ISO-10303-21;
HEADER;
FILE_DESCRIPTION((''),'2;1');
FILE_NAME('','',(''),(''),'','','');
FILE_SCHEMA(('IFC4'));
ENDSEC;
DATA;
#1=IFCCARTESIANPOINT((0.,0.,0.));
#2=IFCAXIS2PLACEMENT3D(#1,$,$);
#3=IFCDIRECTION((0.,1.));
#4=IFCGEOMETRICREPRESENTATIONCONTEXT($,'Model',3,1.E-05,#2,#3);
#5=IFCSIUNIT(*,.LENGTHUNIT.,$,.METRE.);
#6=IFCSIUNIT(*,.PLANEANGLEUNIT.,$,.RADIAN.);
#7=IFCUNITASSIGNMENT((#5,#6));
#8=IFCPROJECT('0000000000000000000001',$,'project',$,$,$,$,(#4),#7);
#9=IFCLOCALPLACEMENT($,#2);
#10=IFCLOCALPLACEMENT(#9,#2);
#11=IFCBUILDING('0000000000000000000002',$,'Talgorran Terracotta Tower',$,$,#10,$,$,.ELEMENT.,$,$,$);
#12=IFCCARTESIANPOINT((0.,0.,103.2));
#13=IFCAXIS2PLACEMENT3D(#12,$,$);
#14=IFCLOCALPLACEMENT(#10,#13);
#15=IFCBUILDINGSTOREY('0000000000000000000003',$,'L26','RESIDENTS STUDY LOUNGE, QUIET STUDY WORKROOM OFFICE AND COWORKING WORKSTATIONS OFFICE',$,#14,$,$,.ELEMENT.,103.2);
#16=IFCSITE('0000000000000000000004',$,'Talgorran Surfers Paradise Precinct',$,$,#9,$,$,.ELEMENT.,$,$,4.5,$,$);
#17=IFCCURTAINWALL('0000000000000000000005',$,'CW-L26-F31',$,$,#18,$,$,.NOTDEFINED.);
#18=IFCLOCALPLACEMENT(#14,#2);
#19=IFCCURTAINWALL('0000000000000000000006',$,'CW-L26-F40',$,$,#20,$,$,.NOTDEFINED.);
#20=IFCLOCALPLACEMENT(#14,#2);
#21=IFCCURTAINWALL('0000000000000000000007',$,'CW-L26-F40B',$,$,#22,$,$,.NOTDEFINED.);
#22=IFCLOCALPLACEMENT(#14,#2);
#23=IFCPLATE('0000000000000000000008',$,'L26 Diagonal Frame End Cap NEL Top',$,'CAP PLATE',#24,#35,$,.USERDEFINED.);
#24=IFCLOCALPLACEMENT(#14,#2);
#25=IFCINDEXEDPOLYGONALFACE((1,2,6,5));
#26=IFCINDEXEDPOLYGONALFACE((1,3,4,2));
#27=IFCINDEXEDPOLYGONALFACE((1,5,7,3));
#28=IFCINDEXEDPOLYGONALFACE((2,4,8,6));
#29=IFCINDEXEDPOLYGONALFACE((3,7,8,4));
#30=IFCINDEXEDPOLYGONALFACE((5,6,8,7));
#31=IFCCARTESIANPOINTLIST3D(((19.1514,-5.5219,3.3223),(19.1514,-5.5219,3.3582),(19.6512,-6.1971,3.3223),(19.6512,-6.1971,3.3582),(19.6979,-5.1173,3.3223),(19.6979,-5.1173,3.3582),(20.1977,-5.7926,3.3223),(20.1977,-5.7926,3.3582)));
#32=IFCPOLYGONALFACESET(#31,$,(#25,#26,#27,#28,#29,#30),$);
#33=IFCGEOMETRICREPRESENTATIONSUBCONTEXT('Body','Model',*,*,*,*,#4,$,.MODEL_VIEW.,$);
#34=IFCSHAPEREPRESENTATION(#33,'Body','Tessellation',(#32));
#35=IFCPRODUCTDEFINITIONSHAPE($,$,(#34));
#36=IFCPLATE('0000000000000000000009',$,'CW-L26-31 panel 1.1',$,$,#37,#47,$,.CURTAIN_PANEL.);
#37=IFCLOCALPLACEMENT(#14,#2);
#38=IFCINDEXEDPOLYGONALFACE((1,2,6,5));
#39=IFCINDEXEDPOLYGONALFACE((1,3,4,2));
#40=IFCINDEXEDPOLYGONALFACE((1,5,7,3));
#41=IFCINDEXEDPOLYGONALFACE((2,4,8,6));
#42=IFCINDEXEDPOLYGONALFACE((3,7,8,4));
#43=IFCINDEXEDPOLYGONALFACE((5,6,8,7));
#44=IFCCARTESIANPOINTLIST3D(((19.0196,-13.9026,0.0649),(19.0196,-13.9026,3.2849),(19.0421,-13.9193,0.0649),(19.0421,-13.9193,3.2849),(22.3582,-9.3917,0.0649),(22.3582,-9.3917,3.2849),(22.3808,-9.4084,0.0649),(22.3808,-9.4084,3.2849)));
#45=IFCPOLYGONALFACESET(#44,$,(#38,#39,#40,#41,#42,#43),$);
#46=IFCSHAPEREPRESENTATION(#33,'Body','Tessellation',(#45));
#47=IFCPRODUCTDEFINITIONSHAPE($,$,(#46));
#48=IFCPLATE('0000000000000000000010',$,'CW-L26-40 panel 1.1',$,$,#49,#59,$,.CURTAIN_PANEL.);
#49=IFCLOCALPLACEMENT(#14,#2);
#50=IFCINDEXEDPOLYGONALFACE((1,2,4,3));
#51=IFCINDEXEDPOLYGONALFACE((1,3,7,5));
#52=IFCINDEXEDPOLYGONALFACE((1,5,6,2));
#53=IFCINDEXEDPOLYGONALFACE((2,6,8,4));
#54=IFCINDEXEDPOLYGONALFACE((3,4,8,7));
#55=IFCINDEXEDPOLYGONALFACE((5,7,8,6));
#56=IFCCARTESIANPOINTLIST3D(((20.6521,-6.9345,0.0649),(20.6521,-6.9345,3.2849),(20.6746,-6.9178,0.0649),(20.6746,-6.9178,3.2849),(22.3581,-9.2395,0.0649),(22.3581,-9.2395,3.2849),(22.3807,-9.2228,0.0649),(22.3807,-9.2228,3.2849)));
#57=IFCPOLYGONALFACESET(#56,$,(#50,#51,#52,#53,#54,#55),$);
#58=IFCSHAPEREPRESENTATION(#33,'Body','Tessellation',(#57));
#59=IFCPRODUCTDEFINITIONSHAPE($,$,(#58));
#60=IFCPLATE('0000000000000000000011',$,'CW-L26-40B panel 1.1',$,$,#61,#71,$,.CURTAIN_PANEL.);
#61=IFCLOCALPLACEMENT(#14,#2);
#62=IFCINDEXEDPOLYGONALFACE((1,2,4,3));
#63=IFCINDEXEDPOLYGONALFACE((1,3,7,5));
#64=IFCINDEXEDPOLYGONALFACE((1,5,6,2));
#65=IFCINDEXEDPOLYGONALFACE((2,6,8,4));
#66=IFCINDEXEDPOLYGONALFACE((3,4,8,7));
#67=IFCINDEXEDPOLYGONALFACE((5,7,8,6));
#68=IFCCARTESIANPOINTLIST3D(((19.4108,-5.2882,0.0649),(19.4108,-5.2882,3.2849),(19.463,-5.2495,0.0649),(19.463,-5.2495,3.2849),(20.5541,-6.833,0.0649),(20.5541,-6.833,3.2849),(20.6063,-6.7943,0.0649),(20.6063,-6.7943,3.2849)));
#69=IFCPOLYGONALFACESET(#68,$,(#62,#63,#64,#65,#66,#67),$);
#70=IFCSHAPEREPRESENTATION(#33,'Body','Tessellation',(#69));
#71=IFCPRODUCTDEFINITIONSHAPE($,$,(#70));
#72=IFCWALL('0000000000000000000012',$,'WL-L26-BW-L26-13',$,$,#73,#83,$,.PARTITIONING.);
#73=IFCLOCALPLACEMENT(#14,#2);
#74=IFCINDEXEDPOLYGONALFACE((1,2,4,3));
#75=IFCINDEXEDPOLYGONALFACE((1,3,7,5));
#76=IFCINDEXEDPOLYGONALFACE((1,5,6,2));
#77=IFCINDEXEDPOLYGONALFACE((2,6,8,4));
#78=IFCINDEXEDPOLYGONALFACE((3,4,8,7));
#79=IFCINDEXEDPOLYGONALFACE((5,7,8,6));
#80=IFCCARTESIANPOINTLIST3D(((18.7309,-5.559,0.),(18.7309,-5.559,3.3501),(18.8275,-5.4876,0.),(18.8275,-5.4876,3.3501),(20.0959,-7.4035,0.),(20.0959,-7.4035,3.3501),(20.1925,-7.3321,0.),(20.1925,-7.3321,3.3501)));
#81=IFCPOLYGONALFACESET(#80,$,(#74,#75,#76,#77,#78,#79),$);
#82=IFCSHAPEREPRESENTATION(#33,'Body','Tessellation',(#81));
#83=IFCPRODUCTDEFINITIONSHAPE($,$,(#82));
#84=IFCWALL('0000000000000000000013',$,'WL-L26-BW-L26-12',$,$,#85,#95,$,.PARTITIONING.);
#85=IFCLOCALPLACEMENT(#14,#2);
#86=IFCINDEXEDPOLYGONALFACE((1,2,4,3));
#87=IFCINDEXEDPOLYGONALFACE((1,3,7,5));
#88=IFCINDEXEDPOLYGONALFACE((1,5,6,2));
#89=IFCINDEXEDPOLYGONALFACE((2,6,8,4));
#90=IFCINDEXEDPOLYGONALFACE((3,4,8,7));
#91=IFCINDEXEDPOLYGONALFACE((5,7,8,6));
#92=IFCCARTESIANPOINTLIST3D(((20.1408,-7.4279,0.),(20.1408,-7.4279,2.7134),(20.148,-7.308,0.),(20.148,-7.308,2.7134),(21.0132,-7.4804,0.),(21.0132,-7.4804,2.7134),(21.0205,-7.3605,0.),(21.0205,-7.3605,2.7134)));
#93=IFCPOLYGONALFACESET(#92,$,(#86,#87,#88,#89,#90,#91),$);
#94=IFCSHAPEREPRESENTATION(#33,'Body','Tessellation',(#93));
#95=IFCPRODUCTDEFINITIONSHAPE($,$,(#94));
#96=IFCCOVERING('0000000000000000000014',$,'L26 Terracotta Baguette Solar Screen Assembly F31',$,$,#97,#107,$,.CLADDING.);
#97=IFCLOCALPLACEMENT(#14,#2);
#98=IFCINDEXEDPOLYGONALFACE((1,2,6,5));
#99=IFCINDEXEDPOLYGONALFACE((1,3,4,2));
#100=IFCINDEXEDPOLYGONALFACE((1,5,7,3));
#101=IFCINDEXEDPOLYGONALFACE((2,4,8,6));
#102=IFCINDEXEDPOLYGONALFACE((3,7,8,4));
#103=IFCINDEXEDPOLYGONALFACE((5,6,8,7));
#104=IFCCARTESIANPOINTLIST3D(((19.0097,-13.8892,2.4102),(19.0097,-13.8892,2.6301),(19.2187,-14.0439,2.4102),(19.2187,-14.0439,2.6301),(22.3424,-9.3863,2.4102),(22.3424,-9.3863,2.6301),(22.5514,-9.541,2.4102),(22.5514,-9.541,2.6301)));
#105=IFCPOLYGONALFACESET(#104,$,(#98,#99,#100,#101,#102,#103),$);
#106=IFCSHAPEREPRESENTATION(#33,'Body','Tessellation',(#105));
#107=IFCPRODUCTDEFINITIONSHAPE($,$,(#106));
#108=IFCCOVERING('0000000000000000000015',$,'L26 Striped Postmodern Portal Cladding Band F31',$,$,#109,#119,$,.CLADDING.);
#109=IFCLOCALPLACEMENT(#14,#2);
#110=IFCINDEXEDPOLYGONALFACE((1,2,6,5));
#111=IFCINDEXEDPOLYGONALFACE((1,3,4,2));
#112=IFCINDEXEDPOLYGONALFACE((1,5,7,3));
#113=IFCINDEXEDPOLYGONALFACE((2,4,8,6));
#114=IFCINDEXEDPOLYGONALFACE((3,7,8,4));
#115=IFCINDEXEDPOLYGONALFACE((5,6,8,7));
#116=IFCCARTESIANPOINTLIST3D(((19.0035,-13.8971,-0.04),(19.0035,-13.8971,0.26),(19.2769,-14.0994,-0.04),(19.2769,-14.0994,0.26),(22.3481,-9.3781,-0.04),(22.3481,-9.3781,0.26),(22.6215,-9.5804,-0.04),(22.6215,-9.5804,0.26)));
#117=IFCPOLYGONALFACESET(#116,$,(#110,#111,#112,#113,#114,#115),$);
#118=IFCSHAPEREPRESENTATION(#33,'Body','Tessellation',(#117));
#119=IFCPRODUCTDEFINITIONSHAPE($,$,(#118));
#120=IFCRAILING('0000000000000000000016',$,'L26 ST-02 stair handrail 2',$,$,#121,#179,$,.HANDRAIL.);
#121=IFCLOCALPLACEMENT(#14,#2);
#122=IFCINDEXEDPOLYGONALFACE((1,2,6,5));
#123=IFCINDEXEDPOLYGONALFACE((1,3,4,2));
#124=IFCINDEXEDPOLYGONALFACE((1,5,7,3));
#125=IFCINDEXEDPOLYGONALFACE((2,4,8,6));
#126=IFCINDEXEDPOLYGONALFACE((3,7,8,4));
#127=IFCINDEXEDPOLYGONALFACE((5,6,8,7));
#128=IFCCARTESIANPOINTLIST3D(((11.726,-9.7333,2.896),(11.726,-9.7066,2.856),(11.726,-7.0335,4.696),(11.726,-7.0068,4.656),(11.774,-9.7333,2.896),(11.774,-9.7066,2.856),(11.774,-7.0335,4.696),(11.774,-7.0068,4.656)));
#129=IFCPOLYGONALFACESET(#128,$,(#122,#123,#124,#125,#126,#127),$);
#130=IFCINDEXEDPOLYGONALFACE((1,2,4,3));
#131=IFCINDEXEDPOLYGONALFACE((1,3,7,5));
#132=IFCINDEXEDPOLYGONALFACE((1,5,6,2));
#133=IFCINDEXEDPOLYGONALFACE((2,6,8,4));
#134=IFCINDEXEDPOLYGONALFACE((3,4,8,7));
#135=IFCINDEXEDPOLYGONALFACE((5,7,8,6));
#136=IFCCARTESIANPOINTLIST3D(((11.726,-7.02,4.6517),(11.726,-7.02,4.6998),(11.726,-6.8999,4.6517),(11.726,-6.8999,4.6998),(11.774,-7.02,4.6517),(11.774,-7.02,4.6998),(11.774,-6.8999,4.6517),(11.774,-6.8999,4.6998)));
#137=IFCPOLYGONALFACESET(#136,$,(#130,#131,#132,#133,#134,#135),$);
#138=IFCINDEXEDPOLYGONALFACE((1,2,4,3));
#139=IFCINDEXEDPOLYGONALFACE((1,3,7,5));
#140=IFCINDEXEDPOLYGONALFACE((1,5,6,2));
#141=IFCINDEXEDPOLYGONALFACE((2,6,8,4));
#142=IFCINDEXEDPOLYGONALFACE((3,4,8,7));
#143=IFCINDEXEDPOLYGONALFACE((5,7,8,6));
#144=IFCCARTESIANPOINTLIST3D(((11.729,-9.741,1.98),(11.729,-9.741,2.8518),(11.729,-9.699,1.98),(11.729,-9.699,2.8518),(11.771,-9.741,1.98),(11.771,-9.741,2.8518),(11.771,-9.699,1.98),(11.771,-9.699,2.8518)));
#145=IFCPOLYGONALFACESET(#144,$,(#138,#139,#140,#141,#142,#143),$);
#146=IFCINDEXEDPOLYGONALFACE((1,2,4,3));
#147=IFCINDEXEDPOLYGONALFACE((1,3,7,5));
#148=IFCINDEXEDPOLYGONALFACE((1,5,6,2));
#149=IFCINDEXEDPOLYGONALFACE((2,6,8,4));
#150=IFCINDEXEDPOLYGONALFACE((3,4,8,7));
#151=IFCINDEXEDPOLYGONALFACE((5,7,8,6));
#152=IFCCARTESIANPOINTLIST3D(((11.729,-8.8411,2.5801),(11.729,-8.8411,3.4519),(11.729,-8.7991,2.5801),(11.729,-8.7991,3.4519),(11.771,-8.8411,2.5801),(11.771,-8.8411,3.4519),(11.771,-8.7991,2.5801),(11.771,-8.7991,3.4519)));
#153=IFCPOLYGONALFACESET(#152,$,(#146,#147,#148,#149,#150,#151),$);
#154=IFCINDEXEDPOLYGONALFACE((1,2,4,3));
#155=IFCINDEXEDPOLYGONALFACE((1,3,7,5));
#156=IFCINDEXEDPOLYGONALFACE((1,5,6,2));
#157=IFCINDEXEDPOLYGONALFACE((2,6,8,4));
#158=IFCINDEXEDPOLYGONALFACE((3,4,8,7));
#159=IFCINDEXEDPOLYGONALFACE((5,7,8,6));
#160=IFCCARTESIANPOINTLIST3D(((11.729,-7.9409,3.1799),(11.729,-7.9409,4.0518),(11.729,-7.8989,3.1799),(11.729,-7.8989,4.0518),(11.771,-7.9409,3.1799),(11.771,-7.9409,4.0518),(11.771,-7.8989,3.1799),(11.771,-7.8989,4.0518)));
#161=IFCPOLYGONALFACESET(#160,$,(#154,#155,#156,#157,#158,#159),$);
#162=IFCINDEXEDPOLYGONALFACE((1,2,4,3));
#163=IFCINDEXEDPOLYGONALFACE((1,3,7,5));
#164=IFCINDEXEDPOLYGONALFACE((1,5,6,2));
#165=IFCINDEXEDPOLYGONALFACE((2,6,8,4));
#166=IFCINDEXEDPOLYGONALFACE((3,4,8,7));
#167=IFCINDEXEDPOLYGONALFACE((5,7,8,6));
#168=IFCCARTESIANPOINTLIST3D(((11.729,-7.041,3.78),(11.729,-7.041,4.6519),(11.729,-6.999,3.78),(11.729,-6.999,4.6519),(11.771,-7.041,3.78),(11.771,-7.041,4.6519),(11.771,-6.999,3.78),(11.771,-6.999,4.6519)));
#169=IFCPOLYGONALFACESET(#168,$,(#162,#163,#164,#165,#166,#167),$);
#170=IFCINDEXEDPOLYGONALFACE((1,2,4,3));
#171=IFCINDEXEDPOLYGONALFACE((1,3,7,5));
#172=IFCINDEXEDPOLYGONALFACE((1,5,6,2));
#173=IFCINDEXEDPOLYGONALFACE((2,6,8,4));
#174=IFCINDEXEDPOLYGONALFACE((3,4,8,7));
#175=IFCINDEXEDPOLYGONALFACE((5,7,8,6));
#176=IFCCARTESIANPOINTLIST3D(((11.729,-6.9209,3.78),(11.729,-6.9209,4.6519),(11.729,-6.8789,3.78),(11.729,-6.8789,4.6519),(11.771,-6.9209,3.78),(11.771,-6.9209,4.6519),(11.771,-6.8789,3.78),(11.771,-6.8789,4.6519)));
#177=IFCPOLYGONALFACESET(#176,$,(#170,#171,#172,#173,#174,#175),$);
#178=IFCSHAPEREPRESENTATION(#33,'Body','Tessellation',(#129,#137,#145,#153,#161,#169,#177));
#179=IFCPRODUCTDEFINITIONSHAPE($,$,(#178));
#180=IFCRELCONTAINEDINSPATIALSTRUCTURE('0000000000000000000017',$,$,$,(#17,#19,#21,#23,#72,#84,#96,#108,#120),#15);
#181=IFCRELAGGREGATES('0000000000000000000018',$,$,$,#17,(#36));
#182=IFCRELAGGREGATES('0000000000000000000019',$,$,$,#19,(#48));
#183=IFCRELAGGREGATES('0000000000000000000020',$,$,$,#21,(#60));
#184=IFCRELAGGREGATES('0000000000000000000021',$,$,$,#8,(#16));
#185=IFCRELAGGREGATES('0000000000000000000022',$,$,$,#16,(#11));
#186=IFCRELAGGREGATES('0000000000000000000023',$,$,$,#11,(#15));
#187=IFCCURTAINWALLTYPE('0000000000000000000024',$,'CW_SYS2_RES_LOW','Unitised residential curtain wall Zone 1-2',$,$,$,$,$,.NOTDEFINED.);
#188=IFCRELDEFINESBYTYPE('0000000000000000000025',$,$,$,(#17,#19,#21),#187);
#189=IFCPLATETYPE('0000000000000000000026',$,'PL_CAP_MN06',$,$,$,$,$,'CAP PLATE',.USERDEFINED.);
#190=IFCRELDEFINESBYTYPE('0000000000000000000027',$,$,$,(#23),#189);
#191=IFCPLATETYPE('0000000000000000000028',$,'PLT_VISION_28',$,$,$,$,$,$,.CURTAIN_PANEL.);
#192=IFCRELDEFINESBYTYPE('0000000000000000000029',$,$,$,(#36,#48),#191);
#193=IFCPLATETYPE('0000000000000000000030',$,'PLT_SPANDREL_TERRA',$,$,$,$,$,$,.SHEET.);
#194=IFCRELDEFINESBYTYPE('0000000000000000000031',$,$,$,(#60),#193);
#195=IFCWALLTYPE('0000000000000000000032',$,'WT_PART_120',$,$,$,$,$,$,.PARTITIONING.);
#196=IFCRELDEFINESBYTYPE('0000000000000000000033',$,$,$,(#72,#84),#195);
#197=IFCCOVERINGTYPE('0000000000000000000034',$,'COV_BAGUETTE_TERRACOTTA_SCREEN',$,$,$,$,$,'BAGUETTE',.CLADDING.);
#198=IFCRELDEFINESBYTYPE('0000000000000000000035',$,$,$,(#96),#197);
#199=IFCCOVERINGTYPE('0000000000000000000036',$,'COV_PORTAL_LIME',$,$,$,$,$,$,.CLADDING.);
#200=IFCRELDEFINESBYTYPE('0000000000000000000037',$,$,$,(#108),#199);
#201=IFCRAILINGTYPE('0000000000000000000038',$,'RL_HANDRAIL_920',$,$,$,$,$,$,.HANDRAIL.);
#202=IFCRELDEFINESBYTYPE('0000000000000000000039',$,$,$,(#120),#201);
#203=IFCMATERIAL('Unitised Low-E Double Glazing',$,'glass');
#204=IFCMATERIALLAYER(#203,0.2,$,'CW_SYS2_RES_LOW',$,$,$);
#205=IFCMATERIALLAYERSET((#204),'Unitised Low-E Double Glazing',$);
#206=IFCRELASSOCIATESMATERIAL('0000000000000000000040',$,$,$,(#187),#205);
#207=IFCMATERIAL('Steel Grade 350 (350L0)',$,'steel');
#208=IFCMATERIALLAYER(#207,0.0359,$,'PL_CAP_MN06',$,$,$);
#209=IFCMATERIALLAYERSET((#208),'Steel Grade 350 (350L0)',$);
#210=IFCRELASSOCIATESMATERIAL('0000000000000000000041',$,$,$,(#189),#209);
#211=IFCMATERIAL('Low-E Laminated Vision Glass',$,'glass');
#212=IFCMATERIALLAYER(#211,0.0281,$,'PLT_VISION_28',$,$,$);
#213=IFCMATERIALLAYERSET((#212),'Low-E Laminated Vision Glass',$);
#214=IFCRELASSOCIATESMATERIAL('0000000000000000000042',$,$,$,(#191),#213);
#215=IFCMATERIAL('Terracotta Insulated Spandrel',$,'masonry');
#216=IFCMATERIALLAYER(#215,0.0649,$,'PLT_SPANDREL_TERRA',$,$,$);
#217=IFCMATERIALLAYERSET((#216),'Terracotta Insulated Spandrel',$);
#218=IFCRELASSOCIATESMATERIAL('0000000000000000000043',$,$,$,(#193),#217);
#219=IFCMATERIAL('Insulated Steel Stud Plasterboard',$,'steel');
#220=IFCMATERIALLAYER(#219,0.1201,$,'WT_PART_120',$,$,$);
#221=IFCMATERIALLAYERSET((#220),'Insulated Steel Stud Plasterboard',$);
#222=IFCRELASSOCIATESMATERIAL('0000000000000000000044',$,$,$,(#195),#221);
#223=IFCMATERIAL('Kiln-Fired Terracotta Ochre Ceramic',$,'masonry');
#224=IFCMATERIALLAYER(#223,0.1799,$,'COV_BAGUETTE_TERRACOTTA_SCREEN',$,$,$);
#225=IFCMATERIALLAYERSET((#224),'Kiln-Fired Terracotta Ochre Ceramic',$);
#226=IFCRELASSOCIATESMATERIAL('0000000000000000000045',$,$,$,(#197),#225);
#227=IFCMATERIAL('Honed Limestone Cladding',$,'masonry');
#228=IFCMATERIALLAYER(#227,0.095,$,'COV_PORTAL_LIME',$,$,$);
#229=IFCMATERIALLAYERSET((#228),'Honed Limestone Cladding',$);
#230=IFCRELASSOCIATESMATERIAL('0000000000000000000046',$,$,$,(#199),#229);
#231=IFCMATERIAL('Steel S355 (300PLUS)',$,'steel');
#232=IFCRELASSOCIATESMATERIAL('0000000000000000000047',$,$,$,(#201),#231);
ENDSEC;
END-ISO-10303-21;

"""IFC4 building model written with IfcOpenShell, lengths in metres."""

from ifc_helpers import new_model, si_unit, direction, frame, frame_2d, origin, origin_2d, place, context, subcontext, project, spatial, rectangle, extrude, source, transform, mapped, material, layer, layer_set, type_object, type_shapes, element, aggregate, save


model = new_model("IFC4")

# Units and contexts
model_context = context("Model", 3, precision=1e-05, world=origin(), true_north=direction((0.0, 1.0)))
body_context = subcontext(model_context, "Body", "Model", "MODEL_VIEW")
ifc_project = project(units=[si_unit("LENGTHUNIT", "METRE"), si_unit("PLANEANGLEUNIT", "RADIAN")], contexts=[model_context])

# Site, building, storey
site_placement = place(None, origin())
site = spatial("IfcSite", under=ifc_project, at=site_placement, Name="Talgorran Surfers Paradise Precinct", CompositionType="ELEMENT", RefElevation=4.5)
building_placement = place(site_placement, origin())
building = spatial("IfcBuilding", under=site, at=building_placement, Name="Talgorran Terracotta Tower", CompositionType="ELEMENT")
storey_placement = place(building_placement, frame((0.0, 0.0, 103.2)))
storey = spatial("IfcBuildingStorey", under=building, at=storey_placement, Name="L26", Description="RESIDENTS STUDY LOUNGE, QUIET STUDY WORKROOM OFFICE AND COWORKING WORKSTATIONS OFFICE", CompositionType="ELEMENT", Elevation=103.2)

# Shared definitions
ifc_material_1 = material(Name="Steel Grade 350 (350L0)", Category="steel")

# Shared definitions
ifc_material_2 = material(Name="Steel S355 (300PLUS)", Category="steel")

# Curtain wall
ifc_material_3 = material(Name="Unitised Low-E Double Glazing", Category="glass")
ifc_layer_1 = layer(ifc_material_3, 0.2, Name="CW_SYS2_RES_LOW")
ifc_layer_set_1 = layer_set([ifc_layer_1], Name="Unitised Low-E Double Glazing")
curtain_wall_type = type_object("IfcCurtainWallType", Name="CW_SYS2_RES_LOW", Description="Unitised residential curtain wall Zone 1-2", PredefinedType="NOTDEFINED", material=ifc_layer_set_1)
curtain_wall_1_placement = place(storey_placement, origin())
curtain_wall_1 = element("IfcCurtainWall", 1, at=curtain_wall_1_placement, inside=storey, type_object=curtain_wall_type, Name="CW-L26-F31", PredefinedType="NOTDEFINED")

# Curtain wall
curtain_wall_2_placement = place(storey_placement, origin())
curtain_wall_2 = element("IfcCurtainWall", 2, at=curtain_wall_2_placement, inside=storey, type_object=curtain_wall_type, Name="CW-L26-F40", PredefinedType="NOTDEFINED")

# Curtain wall
curtain_wall_3_placement = place(storey_placement, origin())
curtain_wall_3 = element("IfcCurtainWall", 3, at=curtain_wall_3_placement, inside=storey, type_object=curtain_wall_type, Name="CW-L26-F40B", PredefinedType="NOTDEFINED")

# Plate
ifc_layer_2 = layer(ifc_material_1, 0.0359, Name="PL_CAP_MN06")
ifc_layer_set_2 = layer_set([ifc_layer_2], Name="Steel Grade 350 (350L0)")
plate_type_1 = type_object("IfcPlateType", Name="PL_CAP_MN06", ElementType="CAP PLATE", PredefinedType="USERDEFINED", material=ifc_layer_set_2)
for number, where, z_axis, x_axis, name in (
    (4, (19.6746, -5.6572, 3.3223), (0.0, 0.0, 1.0), (-0.594963, 0.803753, 0.0), "L26 Diagonal Frame End Cap NEL Top"),
):
    element("IfcPlate", number, at=place(storey_placement, frame(where, z_axis=z_axis, x_axis=x_axis)), inside=storey, type_object=plate_type_1, Name=name, ObjectType="CAP PLATE", PredefinedType="USERDEFINED", context=body_context, shape_type="SweptSolid", body=[
        extrude(rectangle(XDim=0.8401, YDim=0.6799, at=origin_2d()), origin(), (0.0, 0.0, 1.0), 0.0359),
    ])

# Plates
ifc_material_4 = material(Name="Low-E Laminated Vision Glass", Category="glass")
ifc_layer_3 = layer(ifc_material_4, 0.0281, Name="PLT_VISION_28")
ifc_layer_set_3 = layer_set([ifc_layer_3], Name="Low-E Laminated Vision Glass")
plate_type_2 = type_object("IfcPlateType", Name="PLT_VISION_28", PredefinedType="CURTAIN_PANEL", material=ifc_layer_set_3)
shared_shape_1 = source(origin(), body_context, "Body", "SweptSolid", [
    extrude(rectangle(XDim=5.6121, YDim=0.0281, at=origin_2d()), origin(), (0.0, 0.0, 1.0), 3.22),
])
plate_1_placement = place(storey_placement, frame((20.7002, -11.6555, 0.0649), z_axis=(0.0, 0.0, 1.0), x_axis=(0.594911, 0.803792, 0.0)))
plate_1 = element("IfcPlate", 5, at=plate_1_placement, type_object=plate_type_2, Name="CW-L26-31 panel 1.1", PredefinedType="CURTAIN_PANEL", context=body_context, shape_type="MappedRepresentation", body=[
    mapped(shared_shape_1, transform((0.0, 0.0, 0.0), scale=1.0)),
])
aggregate(curtain_wall_1, [plate_1])
shared_shape_2 = source(origin(), body_context, "Body", "SweptSolid", [
    extrude(rectangle(XDim=2.8677, YDim=0.0281, at=origin_2d()), origin(), (0.0, 0.0, 1.0), 3.22),
])
type_shapes(plate_type_2, [shared_shape_1, shared_shape_2])
plate_2_placement = place(storey_placement, frame((21.5164, -8.0786, 0.0649), z_axis=(0.0, 0.0, 1.0), x_axis=(-0.594923, 0.803783, 0.0)))
plate_2 = element("IfcPlate", 6, at=plate_2_placement, type_object=plate_type_2, Name="CW-L26-40 panel 1.1", PredefinedType="CURTAIN_PANEL", context=body_context, shape_type="MappedRepresentation", body=[
    mapped(shared_shape_2, transform((0.0, 0.0, 0.0), scale=1.0)),
])
aggregate(curtain_wall_2, [plate_2])
ifc_material_5 = material(Name="Terracotta Insulated Spandrel", Category="masonry")
ifc_layer_4 = layer(ifc_material_5, 0.0649, Name="PLT_SPANDREL_TERRA")
ifc_layer_set_4 = layer_set([ifc_layer_4], Name="Terracotta Insulated Spandrel")
plate_type_3 = type_object("IfcPlateType", Name="PLT_SPANDREL_TERRA", PredefinedType="SHEET", material=ifc_layer_set_4)
shared_shape_3 = source(origin(), body_context, "Body", "SweptSolid", [
    extrude(rectangle(XDim=1.9219, YDim=0.0649, at=origin_2d()), origin(), (0.0, 0.0, 1.0), 3.22),
])
type_shapes(plate_type_3, [shared_shape_3])
plate_3_placement = place(storey_placement, frame((20.0085, -6.0413, 0.0649), z_axis=(0.0, 0.0, 1.0), x_axis=(-0.594912, 0.803791, 0.0)))
plate_3 = element("IfcPlate", 7, at=plate_3_placement, type_object=plate_type_3, Name="CW-L26-40B panel 1.1", PredefinedType="CURTAIN_PANEL", context=body_context, shape_type="MappedRepresentation", body=[
    mapped(shared_shape_3, transform((0.0, 0.0, 0.0), scale=1.0)),
])
aggregate(curtain_wall_3, [plate_3])

# Walls
ifc_material_6 = material(Name="Insulated Steel Stud Plasterboard", Category="steel")
ifc_layer_5 = layer(ifc_material_6, 0.1201, Name="WT_PART_120")
ifc_layer_set_5 = layer_set([ifc_layer_5], Name="Insulated Steel Stud Plasterboard")
wall_type = type_object("IfcWallType", Name="WT_PART_120", PredefinedType="PARTITIONING", material=ifc_layer_set_5)
wall_1_placement = place(storey_placement, frame((20.1443, -7.3679, 0.0), z_axis=(0.0, 0.0, 1.0), x_axis=(-0.594864, 0.803827, 0.0)))
element("IfcWall", 8, at=wall_1_placement, inside=storey, type_object=wall_type, Name="WL-L26-BW-L26-13", PredefinedType="PARTITIONING", context=body_context, shape_type="SweptSolid", body=[
    extrude(rectangle(XDim=2.2947, YDim=0.1201, at=frame_2d((1.1475, 0.0))), origin(), (0.0, 0.0, 1.0), 3.3501),
])
wall_2_placement = place(storey_placement, frame((21.0168, -7.4204, 0.0), z_axis=(0.0, 0.0, 1.0), x_axis=(-0.998195, 0.060048, 0.0)))
element("IfcWall", 9, at=wall_2_placement, inside=storey, type_object=wall_type, Name="WL-L26-BW-L26-12", PredefinedType="PARTITIONING", context=body_context, shape_type="SweptSolid", body=[
    extrude(rectangle(XDim=0.874, YDim=0.1201, at=frame_2d((0.437, 0.0))), origin(), (0.0, 0.0, 1.0), 2.7134),
])

# Coverings
ifc_material_7 = material(Name="Kiln-Fired Terracotta Ochre Ceramic", Category="masonry")
ifc_layer_6 = layer(ifc_material_7, 0.1799, Name="COV_BAGUETTE_TERRACOTTA_SCREEN")
ifc_layer_set_6 = layer_set([ifc_layer_6], Name="Kiln-Fired Terracotta Ochre Ceramic")
covering_type_1 = type_object("IfcCoveringType", Name="COV_BAGUETTE_TERRACOTTA_SCREEN", ElementType="BAGUETTE", PredefinedType="CLADDING", material=ifc_layer_set_6)
covering_1_placement = place(storey_placement, frame((20.7805, -11.7151, 2.4102), z_axis=(0.0, 0.0, 1.0), x_axis=(0.594907, 0.803795, 0.0)))
element("IfcCovering", 10, at=covering_1_placement, inside=storey, type_object=covering_type_1, Name="L26 Terracotta Baguette Solar Screen Assembly F31", PredefinedType="CLADDING", context=body_context, shape_type="SweptSolid", body=[
    extrude(rectangle(XDim=5.6021, YDim=0.26, at=origin_2d()), origin(), (0.0, 0.0, 1.0), 0.22),
])
ifc_material_8 = material(Name="Honed Limestone Cladding", Category="masonry")
ifc_layer_7 = layer(ifc_material_8, 0.095, Name="COV_PORTAL_LIME")
ifc_layer_set_7 = layer_set([ifc_layer_7], Name="Honed Limestone Cladding")
covering_type_2 = type_object("IfcCoveringType", Name="COV_PORTAL_LIME", PredefinedType="CLADDING", material=ifc_layer_set_7)
covering_2_placement = place(storey_placement, frame((20.8125, -11.7388, -0.04), z_axis=(0.0, 0.0, 1.0), x_axis=(0.594907, 0.803795, 0.0)))
element("IfcCovering", 11, at=covering_2_placement, inside=storey, type_object=covering_type_2, Name="L26 Striped Postmodern Portal Cladding Band F31", PredefinedType="CLADDING", context=body_context, shape_type="SweptSolid", body=[
    extrude(rectangle(XDim=5.6221, YDim=0.3401, at=origin_2d()), origin(), (0.0, 0.0, 1.0), 0.3),
])

# Railing
railing_type = type_object("IfcRailingType", Name="RL_HANDRAIL_920", PredefinedType="HANDRAIL", material=ifc_material_2)
railing_placement = place(storey_placement, frame((11.75, -9.72, 1.98)))
element("IfcRailing", 12, at=railing_placement, inside=storey, type_object=railing_type, Name="L26 ST-02 stair handrail 2", PredefinedType="HANDRAIL", context=body_context, shape_type="SweptSolid", body=[
    extrude(rectangle(XDim=0.0481, YDim=0.0481, at=origin_2d()), frame((0.0, 0.0, 0.896), z_axis=(0.0, 0.832039, 0.554718), x_axis=(-1.0, 0.0, 0.0)), (0.0, 0.0, 1.0), 3.2449),
    extrude(rectangle(XDim=0.0481, YDim=0.0481, at=origin_2d()), frame((0.0, 2.7, 2.6958), z_axis=(0.0, 1.0, 0.0), x_axis=(-1.0, 0.0, 0.0)), (0.0, 0.0, 1.0), 0.1201),
    extrude(rectangle(XDim=0.042, YDim=0.042, at=origin_2d()), origin(), (0.0, 0.0, 1.0), 0.8718),
    extrude(rectangle(XDim=0.042, YDim=0.042, at=origin_2d()), frame((0.0, 0.8999, 0.6001)), (0.0, 0.0, 1.0), 0.8718),
    extrude(rectangle(XDim=0.042, YDim=0.042, at=origin_2d()), frame((0.0, 1.8, 1.2)), (0.0, 0.0, 1.0), 0.8718),
    extrude(rectangle(XDim=0.042, YDim=0.042, at=origin_2d()), frame((0.0, 2.7, 1.8)), (0.0, 0.0, 1.0), 0.8718),
    extrude(rectangle(XDim=0.042, YDim=0.042, at=origin_2d()), frame((0.0, 2.8201, 1.8)), (0.0, 0.0, 1.0), 0.8718),
])

save(model, "model.ifc")
